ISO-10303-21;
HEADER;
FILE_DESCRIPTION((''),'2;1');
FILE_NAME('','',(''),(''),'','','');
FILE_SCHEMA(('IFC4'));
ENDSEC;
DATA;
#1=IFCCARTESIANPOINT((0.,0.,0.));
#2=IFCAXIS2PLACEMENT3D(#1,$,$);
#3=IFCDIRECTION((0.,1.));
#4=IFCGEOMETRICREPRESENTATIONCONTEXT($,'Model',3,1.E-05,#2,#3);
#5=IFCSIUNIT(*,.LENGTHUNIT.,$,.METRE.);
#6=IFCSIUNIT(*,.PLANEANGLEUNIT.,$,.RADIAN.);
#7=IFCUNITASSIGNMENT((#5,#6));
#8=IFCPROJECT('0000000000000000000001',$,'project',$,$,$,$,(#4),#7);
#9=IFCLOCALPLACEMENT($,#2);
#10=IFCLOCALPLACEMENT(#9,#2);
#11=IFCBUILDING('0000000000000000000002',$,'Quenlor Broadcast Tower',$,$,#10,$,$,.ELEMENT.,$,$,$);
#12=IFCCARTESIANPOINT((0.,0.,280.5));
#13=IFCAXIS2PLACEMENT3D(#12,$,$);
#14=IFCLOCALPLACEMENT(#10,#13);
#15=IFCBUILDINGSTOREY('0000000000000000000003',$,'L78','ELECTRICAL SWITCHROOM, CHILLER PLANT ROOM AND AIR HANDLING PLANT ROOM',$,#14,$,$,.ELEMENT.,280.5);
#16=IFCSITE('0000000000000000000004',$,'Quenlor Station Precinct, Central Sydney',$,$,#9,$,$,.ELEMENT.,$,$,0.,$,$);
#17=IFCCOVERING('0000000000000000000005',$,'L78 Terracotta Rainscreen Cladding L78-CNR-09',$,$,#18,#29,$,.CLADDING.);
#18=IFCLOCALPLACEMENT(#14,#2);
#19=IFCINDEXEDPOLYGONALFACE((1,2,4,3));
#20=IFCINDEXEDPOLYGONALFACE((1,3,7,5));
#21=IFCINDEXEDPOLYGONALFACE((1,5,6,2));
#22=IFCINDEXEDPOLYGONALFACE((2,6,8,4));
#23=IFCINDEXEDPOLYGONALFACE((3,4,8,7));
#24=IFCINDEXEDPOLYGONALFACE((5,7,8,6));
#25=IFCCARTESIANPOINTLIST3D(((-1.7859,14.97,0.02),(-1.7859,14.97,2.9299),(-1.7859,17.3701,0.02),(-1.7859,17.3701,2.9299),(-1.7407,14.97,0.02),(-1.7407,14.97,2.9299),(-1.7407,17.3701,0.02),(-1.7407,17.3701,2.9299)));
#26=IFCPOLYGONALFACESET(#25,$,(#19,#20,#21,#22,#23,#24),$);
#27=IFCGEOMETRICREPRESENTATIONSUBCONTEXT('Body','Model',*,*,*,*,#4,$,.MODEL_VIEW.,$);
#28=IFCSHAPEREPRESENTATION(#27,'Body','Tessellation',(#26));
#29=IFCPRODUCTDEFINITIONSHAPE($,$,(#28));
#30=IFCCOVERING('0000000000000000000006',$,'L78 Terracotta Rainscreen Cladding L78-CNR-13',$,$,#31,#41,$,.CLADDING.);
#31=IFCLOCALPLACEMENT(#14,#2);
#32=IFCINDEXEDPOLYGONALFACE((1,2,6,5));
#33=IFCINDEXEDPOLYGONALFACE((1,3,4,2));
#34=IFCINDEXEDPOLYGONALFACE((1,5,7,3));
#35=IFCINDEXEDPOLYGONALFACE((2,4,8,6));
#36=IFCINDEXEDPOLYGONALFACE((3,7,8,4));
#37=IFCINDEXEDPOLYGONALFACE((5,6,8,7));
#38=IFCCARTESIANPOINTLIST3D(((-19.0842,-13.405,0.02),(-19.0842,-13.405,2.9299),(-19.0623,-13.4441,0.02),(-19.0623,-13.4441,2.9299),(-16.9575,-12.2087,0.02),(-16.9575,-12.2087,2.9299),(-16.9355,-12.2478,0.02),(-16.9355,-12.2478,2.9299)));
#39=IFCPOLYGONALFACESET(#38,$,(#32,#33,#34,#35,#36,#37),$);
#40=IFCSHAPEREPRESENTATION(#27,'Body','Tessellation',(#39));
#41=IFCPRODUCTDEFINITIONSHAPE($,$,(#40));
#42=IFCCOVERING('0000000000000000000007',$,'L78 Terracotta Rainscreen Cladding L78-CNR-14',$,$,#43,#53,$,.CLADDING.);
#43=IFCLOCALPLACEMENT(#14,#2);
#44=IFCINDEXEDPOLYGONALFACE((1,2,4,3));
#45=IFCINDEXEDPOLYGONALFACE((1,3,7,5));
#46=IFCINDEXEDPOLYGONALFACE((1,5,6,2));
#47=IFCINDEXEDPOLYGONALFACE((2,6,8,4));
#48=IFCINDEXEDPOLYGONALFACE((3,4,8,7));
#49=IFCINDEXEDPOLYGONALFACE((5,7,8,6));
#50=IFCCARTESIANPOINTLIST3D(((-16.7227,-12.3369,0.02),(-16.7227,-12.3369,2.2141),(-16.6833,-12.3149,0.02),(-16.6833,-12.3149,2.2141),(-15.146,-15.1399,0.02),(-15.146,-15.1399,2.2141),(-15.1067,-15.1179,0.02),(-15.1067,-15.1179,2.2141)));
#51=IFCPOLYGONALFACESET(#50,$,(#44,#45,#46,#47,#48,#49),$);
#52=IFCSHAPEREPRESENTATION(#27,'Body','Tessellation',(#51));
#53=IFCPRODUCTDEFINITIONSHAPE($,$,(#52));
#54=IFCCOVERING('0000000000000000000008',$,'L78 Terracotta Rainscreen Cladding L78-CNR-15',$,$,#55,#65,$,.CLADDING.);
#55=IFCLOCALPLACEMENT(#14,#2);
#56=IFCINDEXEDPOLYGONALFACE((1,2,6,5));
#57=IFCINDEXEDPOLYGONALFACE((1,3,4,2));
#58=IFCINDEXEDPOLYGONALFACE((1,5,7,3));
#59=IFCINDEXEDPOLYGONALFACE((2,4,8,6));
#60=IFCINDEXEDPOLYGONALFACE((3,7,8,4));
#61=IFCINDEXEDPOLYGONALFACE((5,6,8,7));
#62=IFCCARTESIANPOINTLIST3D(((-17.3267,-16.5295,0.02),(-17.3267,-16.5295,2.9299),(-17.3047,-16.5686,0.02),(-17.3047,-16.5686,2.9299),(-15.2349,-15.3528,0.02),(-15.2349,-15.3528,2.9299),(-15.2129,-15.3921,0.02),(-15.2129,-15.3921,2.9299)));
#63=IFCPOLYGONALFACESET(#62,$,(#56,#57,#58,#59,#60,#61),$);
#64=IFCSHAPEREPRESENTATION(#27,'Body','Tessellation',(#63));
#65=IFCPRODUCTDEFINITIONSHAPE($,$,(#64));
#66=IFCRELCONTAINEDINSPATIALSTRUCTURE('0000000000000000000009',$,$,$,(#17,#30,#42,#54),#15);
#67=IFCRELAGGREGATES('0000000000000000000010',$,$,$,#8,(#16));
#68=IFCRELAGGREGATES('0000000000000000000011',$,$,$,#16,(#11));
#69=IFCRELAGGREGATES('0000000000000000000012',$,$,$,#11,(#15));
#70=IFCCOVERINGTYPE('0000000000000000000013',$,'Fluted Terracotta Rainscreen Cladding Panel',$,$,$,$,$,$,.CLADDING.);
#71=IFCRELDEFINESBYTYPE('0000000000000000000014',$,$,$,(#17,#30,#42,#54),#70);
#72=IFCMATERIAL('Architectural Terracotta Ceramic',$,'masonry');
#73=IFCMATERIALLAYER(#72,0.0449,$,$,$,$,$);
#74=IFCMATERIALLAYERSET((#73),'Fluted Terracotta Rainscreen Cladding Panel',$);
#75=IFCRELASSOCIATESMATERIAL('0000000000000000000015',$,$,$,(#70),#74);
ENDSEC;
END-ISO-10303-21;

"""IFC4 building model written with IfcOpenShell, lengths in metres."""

from ifc_helpers import new_model, si_unit, direction, frame, origin, place, context, subcontext, project, spatial, polyline, outline, extrude, material, layer, layer_set, type_object, element, save


model = new_model("IFC4")

# Units and contexts
model_context = context("Model", 3, precision=1e-05, world=origin(), true_north=direction((0.0, 1.0)))
body_context = subcontext(model_context, "Body", "Model", "MODEL_VIEW")
ifc_project = project(units=[si_unit("LENGTHUNIT", "METRE"), si_unit("PLANEANGLEUNIT", "RADIAN")], contexts=[model_context])

# Site, building, storey
site_placement = place(None, origin())
site = spatial("IfcSite", under=ifc_project, at=site_placement, Name="Quenlor Station Precinct, Central Sydney", CompositionType="ELEMENT", RefElevation=0.0)
building_placement = place(site_placement, origin())
building = spatial("IfcBuilding", under=site, at=building_placement, Name="Quenlor Broadcast Tower", CompositionType="ELEMENT")
storey_placement = place(building_placement, frame((0.0, 0.0, 280.5)))
storey = spatial("IfcBuildingStorey", under=building, at=storey_placement, Name="L78", Description="ELECTRICAL SWITCHROOM, CHILLER PLANT ROOM AND AIR HANDLING PLANT ROOM", CompositionType="ELEMENT", Elevation=280.5)

# Coverings
ifc_material = material(Name="Architectural Terracotta Ceramic", Category="masonry")
ifc_layer = layer(ifc_material, 0.0449)
ifc_layer_set = layer_set([ifc_layer], Name="Fluted Terracotta Rainscreen Cladding Panel")
covering_type = type_object("IfcCoveringType", Name="Fluted Terracotta Rainscreen Cladding Panel", PredefinedType="CLADDING", material=ifc_layer_set)
covering_1_placement = place(storey_placement, frame((0.0, 0.0, 0.02)))
element("IfcCovering", 1, at=covering_1_placement, inside=storey, type_object=covering_type, Name="L78 Terracotta Rainscreen Cladding L78-CNR-09", PredefinedType="CLADDING", context=body_context, shape_type="SweptSolid", body=[
    extrude(outline(polyline([(-1.7407, 14.97), (-1.7407, 17.3701), (-1.7859, 17.3701), (-1.7859, 14.97), (-1.7407, 14.97)])), origin(), (0.0, 0.0, 1.0), 2.9099),
])
covering_2_placement = place(storey_placement, frame((0.0, 0.0, 0.02)))
element("IfcCovering", 2, at=covering_2_placement, inside=storey, type_object=covering_type, Name="L78 Terracotta Rainscreen Cladding L78-CNR-13", PredefinedType="CLADDING", context=body_context, shape_type="SweptSolid", body=[
    extrude(outline(polyline([(-19.0623, -13.4441), (-16.9355, -12.2478), (-16.9575, -12.2087), (-19.0842, -13.405), (-19.0623, -13.4441)])), origin(), (0.0, 0.0, 1.0), 2.9099),
])
covering_3_placement = place(storey_placement, frame((0.0, 0.0, 0.02)))
element("IfcCovering", 3, at=covering_3_placement, inside=storey, type_object=covering_type, Name="L78 Terracotta Rainscreen Cladding L78-CNR-14", PredefinedType="CLADDING", context=body_context, shape_type="SweptSolid", body=[
    extrude(outline(polyline([(-16.7227, -12.3369), (-15.146, -15.1399), (-15.1067, -15.1179), (-16.6833, -12.3149), (-16.7227, -12.3369)])), origin(), (0.0, 0.0, 1.0), 2.1941),
])
covering_4_placement = place(storey_placement, frame((0.0, 0.0, 0.02)))
element("IfcCovering", 4, at=covering_4_placement, inside=storey, type_object=covering_type, Name="L78 Terracotta Rainscreen Cladding L78-CNR-15", PredefinedType="CLADDING", context=body_context, shape_type="SweptSolid", body=[
    extrude(outline(polyline([(-15.2349, -15.3528), (-17.3267, -16.5295), (-17.3047, -16.5686), (-15.2129, -15.3921), (-15.2349, -15.3528)])), origin(), (0.0, 0.0, 1.0), 2.9099),
])

save(model, "model.ifc")
